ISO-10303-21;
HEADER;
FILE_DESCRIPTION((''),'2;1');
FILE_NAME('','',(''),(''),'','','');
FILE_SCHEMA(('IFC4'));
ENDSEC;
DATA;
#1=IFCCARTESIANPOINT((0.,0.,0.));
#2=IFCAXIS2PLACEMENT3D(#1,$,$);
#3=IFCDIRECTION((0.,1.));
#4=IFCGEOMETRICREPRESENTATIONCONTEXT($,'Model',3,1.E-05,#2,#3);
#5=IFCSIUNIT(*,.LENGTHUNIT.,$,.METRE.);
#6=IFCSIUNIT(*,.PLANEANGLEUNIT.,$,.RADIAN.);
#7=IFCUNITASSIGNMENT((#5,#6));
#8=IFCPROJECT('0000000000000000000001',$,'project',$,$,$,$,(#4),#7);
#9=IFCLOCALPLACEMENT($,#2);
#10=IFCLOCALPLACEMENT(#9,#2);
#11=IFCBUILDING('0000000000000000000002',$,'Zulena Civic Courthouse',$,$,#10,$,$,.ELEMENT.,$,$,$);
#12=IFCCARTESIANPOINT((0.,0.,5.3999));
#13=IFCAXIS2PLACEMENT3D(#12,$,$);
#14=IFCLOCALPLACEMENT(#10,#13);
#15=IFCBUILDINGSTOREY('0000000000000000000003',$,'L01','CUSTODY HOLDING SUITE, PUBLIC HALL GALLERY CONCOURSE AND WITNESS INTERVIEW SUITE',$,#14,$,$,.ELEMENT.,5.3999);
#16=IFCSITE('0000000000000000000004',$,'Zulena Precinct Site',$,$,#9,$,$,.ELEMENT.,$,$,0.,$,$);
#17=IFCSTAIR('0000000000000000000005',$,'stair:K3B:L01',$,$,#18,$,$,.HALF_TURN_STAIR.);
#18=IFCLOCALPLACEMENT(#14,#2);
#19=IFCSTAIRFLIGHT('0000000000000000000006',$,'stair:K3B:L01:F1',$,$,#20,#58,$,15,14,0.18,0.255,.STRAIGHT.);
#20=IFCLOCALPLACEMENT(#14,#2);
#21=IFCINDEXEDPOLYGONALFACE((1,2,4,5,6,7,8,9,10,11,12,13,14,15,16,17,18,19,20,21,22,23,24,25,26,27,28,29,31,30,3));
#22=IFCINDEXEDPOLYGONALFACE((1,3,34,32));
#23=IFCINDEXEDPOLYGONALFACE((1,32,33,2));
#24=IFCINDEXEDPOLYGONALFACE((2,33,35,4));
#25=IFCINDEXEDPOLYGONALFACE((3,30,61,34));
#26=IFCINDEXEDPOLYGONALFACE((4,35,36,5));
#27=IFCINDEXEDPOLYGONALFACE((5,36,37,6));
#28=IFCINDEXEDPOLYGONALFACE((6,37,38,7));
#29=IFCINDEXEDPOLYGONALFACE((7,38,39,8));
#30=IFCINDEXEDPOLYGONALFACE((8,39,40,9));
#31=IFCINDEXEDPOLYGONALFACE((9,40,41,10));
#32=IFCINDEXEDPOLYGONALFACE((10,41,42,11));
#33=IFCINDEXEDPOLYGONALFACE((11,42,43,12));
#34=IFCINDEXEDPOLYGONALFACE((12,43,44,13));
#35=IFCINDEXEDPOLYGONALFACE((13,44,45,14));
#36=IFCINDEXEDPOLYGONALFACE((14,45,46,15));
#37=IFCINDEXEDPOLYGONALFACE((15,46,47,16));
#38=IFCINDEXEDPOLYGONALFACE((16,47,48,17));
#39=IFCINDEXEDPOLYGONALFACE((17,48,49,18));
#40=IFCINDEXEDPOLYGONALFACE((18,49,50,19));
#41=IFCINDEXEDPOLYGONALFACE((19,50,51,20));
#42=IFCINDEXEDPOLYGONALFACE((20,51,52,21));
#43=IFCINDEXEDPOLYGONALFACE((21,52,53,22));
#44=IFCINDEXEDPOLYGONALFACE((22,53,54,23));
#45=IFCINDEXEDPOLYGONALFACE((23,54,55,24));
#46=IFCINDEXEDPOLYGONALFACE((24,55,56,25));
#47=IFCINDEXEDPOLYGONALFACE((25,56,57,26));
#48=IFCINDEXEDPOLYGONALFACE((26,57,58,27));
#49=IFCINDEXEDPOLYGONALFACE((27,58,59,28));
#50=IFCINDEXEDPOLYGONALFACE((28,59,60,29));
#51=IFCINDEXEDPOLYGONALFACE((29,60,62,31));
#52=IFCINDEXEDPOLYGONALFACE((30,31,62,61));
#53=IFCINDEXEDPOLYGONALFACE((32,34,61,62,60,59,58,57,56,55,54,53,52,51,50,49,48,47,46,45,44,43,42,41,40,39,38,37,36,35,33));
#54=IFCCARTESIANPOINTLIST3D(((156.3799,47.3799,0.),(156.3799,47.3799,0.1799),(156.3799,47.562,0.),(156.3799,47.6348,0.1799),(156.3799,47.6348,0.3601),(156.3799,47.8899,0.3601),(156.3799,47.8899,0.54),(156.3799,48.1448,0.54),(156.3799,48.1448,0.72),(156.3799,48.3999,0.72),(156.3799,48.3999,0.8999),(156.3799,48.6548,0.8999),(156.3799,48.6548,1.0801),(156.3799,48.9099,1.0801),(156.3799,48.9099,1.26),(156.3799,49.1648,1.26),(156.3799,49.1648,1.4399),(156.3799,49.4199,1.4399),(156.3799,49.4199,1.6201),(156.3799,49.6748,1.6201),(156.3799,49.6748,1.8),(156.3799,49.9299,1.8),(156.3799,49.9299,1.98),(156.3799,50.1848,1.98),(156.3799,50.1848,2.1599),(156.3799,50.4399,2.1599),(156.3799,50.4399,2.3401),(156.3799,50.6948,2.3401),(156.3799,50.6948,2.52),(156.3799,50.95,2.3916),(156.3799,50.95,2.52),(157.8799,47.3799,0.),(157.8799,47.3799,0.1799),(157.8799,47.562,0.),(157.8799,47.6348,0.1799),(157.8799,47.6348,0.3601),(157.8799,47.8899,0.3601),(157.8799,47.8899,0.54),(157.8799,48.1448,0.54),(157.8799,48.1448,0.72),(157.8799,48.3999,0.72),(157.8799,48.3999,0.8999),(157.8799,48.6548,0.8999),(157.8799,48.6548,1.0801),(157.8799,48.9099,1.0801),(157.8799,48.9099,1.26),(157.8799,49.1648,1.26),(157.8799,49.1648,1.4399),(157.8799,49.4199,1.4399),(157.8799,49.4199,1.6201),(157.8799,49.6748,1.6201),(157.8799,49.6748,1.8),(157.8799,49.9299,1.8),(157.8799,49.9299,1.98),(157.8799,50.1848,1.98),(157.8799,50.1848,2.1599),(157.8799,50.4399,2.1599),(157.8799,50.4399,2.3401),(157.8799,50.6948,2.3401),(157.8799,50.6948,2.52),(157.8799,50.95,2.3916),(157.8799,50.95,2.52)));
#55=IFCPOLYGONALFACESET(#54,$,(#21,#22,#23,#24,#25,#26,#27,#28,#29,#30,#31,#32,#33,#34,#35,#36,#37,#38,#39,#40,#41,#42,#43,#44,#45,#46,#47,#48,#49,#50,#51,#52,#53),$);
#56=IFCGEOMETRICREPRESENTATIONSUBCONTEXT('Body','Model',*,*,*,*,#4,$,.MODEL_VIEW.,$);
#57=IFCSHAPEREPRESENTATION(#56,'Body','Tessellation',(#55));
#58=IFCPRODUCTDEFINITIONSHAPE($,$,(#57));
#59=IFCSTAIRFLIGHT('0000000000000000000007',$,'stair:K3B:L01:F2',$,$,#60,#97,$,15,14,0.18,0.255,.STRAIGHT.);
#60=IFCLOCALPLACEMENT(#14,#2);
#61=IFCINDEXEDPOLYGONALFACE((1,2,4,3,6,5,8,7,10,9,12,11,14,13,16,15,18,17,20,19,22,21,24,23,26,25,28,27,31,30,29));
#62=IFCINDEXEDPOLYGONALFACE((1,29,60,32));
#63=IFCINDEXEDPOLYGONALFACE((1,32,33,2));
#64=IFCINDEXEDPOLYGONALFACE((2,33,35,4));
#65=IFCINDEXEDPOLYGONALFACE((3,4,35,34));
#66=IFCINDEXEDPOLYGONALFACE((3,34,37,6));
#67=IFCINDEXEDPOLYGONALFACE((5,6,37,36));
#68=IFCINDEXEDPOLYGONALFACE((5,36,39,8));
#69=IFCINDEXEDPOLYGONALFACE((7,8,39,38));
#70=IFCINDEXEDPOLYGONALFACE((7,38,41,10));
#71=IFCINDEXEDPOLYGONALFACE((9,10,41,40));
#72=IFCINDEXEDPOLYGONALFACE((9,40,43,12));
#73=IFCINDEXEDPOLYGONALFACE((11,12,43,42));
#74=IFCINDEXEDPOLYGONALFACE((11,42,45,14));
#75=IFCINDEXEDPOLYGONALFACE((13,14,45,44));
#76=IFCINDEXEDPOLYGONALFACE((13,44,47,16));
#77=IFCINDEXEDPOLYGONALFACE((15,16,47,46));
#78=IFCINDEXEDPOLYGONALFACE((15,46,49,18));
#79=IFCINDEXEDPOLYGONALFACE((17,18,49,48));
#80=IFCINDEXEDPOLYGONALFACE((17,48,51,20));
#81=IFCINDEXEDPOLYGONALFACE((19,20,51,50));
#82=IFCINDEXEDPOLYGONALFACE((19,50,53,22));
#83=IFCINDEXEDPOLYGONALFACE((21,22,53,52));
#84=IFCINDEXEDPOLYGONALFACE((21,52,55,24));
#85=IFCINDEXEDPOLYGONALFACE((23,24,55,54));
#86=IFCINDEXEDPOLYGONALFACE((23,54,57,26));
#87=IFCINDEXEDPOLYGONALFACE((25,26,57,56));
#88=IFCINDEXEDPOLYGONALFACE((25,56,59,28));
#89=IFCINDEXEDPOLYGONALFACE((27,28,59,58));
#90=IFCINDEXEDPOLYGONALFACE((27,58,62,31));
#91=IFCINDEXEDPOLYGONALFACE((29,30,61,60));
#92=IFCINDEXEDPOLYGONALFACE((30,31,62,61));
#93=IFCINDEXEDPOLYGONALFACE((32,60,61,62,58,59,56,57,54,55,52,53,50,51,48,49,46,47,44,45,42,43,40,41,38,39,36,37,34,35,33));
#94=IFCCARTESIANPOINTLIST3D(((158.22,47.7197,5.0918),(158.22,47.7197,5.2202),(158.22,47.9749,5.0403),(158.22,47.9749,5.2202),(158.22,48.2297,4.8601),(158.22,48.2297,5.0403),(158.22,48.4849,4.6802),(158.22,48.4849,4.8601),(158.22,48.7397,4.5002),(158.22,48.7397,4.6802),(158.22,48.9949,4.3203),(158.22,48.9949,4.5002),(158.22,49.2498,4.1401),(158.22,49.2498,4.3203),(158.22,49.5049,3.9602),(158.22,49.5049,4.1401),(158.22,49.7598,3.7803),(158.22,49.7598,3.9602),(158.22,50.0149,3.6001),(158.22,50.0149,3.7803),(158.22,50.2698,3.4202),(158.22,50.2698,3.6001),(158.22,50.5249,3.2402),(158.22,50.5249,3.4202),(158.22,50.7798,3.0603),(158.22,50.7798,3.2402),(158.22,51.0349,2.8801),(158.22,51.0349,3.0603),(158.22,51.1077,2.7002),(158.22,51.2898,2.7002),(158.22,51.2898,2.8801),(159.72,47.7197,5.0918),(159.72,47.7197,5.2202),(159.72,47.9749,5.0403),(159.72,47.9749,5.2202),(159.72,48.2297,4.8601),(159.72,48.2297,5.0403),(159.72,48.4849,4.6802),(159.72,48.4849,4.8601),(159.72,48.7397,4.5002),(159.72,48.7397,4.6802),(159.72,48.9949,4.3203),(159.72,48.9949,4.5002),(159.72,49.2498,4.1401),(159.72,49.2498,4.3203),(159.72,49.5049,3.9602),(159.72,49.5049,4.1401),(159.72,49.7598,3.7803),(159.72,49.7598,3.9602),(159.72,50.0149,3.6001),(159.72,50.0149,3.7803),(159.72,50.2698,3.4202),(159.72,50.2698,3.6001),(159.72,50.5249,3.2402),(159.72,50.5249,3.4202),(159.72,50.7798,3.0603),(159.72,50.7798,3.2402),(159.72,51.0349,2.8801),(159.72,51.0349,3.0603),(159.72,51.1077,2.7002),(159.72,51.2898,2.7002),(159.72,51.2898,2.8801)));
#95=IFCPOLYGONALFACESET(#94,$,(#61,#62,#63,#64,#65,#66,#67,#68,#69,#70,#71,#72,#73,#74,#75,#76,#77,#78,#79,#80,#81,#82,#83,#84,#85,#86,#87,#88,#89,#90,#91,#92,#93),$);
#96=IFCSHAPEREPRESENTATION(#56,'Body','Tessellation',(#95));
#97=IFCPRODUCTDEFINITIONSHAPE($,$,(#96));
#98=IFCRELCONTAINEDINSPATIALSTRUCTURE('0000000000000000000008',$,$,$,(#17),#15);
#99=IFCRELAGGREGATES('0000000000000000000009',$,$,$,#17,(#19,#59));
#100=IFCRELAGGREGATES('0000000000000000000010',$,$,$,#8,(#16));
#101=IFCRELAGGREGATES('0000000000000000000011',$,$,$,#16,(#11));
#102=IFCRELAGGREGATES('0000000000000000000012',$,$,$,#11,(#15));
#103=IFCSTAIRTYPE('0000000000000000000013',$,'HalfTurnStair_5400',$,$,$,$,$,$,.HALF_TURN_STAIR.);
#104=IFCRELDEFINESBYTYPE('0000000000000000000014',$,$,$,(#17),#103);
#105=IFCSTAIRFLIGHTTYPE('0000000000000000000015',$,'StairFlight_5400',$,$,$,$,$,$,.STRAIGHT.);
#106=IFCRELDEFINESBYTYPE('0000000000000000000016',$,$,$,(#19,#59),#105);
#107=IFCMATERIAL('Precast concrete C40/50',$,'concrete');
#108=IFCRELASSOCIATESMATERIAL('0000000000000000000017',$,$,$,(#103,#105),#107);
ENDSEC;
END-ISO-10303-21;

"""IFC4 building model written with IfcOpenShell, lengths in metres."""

from ifc_helpers import new_model, si_unit, direction, frame, origin, place, context, subcontext, project, spatial, polyline, outline, extrude, material, type_object, element, aggregate, save


model = new_model("IFC4")

# Units and contexts
model_context = context("Model", 3, precision=1e-05, world=origin(), true_north=direction((0.0, 1.0)))
body_context = subcontext(model_context, "Body", "Model", "MODEL_VIEW")
ifc_project = project(units=[si_unit("LENGTHUNIT", "METRE"), si_unit("PLANEANGLEUNIT", "RADIAN")], contexts=[model_context])

# Site, building, storey
site_placement = place(None, origin())
site = spatial("IfcSite", under=ifc_project, at=site_placement, Name="Zulena Precinct Site", CompositionType="ELEMENT", RefElevation=0.0)
building_placement = place(site_placement, origin())
building = spatial("IfcBuilding", under=site, at=building_placement, Name="Zulena Civic Courthouse", CompositionType="ELEMENT")
storey_placement = place(building_placement, frame((0.0, 0.0, 5.3999)))
storey = spatial("IfcBuildingStorey", under=building, at=storey_placement, Name="L01", Description="CUSTODY HOLDING SUITE, PUBLIC HALL GALLERY CONCOURSE AND WITNESS INTERVIEW SUITE", CompositionType="ELEMENT", Elevation=5.3999)

# Stair, stair flights
ifc_material_1 = material(Name="Precast concrete C40/50", Category="concrete")
stair_type = type_object("IfcStairType", Name="HalfTurnStair_5400", PredefinedType="HALF_TURN_STAIR", material=ifc_material_1)
stair_placement = place(storey_placement, origin())
stair = element("IfcStair", 1, at=stair_placement, inside=storey, type_object=stair_type, Name="stair:K3B:L01", PredefinedType="HALF_TURN_STAIR")
stair_flight_type = type_object("IfcStairFlightType", Name="StairFlight_5400", PredefinedType="STRAIGHT", material=ifc_material_1)
stair_flight_1_placement = place(storey_placement, frame((157.1299, 47.3799, 0.0), z_axis=(0.0, 0.0, 1.0), x_axis=(0.0, 1.0, 0.0)))
stair_flight_1 = element("IfcStairFlight", 2, at=stair_flight_1_placement, type_object=stair_flight_type, Name="stair:K3B:L01:F1", NumberOfRisers=15, NumberOfTreads=14, PredefinedType="STRAIGHT", RiserHeight=0.18, TreadLength=0.255, context=body_context, shape_type="SweptSolid", body=[
    extrude(outline(polyline([(0.0, 0.0), (0.0, 0.1799), (0.2549, 0.1799), (0.2549, 0.3601), (0.51, 0.3601), (0.51, 0.54), (0.7649, 0.54), (0.7649, 0.72), (1.02, 0.72), (1.02, 0.8999), (1.2749, 0.8999), (1.2749, 1.0801), (1.53, 1.0801), (1.53, 1.26), (1.7849, 1.26), (1.7849, 1.4399), (2.04, 1.4399), (2.04, 1.6201), (2.2949, 1.6201), (2.2949, 1.8), (2.55, 1.8), (2.55, 1.98), (2.8049, 1.98), (2.8049, 2.1599), (3.0601, 2.1599), (3.0601, 2.3401), (3.3149, 2.3401), (3.3149, 2.52), (3.5701, 2.52), (3.5701, 2.7), (3.5701, 2.3916), (0.1821, 0.0), (0.0, 0.0)])), frame((0.0, 0.75, 0.0), z_axis=(0.0, -1.0, 0.0), x_axis=(1.0, 0.0, 0.0)), (0.0, 0.0, 1.0), 1.5),
])
stair_flight_2_placement = place(storey_placement, frame((158.97, 51.2898, 2.7002), z_axis=(0.0, 0.0, 1.0), x_axis=(0.0, -1.0, 0.0)))
stair_flight_2 = element("IfcStairFlight", 3, at=stair_flight_2_placement, type_object=stair_flight_type, Name="stair:K3B:L01:F2", NumberOfRisers=15, NumberOfTreads=14, PredefinedType="STRAIGHT", RiserHeight=0.18, TreadLength=0.255, context=body_context, shape_type="SweptSolid", body=[
    extrude(outline(polyline([(0.0, 0.0), (0.0, 0.1799), (0.2549, 0.1799), (0.2549, 0.3601), (0.51, 0.3601), (0.51, 0.54), (0.7649, 0.54), (0.7649, 0.72), (1.02, 0.72), (1.02, 0.8999), (1.2749, 0.8999), (1.2749, 1.0801), (1.53, 1.0801), (1.53, 1.26), (1.7849, 1.26), (1.7849, 1.4399), (2.04, 1.4399), (2.04, 1.6201), (2.2949, 1.6201), (2.2949, 1.8), (2.55, 1.8), (2.55, 1.98), (2.8049, 1.98), (2.8049, 2.1599), (3.0601, 2.1599), (3.0601, 2.3401), (3.3149, 2.3401), (3.3149, 2.52), (3.5701, 2.52), (3.5701, 2.7), (3.5701, 2.3916), (0.1821, 0.0), (0.0, 0.0)])), frame((0.0, 0.75, 0.0), z_axis=(0.0, -1.0, 0.0), x_axis=(1.0, 0.0, 0.0)), (0.0, 0.0, 1.0), 1.5),
])
aggregate(stair, [stair_flight_1, stair_flight_2])

save(model, "model.ifc")
